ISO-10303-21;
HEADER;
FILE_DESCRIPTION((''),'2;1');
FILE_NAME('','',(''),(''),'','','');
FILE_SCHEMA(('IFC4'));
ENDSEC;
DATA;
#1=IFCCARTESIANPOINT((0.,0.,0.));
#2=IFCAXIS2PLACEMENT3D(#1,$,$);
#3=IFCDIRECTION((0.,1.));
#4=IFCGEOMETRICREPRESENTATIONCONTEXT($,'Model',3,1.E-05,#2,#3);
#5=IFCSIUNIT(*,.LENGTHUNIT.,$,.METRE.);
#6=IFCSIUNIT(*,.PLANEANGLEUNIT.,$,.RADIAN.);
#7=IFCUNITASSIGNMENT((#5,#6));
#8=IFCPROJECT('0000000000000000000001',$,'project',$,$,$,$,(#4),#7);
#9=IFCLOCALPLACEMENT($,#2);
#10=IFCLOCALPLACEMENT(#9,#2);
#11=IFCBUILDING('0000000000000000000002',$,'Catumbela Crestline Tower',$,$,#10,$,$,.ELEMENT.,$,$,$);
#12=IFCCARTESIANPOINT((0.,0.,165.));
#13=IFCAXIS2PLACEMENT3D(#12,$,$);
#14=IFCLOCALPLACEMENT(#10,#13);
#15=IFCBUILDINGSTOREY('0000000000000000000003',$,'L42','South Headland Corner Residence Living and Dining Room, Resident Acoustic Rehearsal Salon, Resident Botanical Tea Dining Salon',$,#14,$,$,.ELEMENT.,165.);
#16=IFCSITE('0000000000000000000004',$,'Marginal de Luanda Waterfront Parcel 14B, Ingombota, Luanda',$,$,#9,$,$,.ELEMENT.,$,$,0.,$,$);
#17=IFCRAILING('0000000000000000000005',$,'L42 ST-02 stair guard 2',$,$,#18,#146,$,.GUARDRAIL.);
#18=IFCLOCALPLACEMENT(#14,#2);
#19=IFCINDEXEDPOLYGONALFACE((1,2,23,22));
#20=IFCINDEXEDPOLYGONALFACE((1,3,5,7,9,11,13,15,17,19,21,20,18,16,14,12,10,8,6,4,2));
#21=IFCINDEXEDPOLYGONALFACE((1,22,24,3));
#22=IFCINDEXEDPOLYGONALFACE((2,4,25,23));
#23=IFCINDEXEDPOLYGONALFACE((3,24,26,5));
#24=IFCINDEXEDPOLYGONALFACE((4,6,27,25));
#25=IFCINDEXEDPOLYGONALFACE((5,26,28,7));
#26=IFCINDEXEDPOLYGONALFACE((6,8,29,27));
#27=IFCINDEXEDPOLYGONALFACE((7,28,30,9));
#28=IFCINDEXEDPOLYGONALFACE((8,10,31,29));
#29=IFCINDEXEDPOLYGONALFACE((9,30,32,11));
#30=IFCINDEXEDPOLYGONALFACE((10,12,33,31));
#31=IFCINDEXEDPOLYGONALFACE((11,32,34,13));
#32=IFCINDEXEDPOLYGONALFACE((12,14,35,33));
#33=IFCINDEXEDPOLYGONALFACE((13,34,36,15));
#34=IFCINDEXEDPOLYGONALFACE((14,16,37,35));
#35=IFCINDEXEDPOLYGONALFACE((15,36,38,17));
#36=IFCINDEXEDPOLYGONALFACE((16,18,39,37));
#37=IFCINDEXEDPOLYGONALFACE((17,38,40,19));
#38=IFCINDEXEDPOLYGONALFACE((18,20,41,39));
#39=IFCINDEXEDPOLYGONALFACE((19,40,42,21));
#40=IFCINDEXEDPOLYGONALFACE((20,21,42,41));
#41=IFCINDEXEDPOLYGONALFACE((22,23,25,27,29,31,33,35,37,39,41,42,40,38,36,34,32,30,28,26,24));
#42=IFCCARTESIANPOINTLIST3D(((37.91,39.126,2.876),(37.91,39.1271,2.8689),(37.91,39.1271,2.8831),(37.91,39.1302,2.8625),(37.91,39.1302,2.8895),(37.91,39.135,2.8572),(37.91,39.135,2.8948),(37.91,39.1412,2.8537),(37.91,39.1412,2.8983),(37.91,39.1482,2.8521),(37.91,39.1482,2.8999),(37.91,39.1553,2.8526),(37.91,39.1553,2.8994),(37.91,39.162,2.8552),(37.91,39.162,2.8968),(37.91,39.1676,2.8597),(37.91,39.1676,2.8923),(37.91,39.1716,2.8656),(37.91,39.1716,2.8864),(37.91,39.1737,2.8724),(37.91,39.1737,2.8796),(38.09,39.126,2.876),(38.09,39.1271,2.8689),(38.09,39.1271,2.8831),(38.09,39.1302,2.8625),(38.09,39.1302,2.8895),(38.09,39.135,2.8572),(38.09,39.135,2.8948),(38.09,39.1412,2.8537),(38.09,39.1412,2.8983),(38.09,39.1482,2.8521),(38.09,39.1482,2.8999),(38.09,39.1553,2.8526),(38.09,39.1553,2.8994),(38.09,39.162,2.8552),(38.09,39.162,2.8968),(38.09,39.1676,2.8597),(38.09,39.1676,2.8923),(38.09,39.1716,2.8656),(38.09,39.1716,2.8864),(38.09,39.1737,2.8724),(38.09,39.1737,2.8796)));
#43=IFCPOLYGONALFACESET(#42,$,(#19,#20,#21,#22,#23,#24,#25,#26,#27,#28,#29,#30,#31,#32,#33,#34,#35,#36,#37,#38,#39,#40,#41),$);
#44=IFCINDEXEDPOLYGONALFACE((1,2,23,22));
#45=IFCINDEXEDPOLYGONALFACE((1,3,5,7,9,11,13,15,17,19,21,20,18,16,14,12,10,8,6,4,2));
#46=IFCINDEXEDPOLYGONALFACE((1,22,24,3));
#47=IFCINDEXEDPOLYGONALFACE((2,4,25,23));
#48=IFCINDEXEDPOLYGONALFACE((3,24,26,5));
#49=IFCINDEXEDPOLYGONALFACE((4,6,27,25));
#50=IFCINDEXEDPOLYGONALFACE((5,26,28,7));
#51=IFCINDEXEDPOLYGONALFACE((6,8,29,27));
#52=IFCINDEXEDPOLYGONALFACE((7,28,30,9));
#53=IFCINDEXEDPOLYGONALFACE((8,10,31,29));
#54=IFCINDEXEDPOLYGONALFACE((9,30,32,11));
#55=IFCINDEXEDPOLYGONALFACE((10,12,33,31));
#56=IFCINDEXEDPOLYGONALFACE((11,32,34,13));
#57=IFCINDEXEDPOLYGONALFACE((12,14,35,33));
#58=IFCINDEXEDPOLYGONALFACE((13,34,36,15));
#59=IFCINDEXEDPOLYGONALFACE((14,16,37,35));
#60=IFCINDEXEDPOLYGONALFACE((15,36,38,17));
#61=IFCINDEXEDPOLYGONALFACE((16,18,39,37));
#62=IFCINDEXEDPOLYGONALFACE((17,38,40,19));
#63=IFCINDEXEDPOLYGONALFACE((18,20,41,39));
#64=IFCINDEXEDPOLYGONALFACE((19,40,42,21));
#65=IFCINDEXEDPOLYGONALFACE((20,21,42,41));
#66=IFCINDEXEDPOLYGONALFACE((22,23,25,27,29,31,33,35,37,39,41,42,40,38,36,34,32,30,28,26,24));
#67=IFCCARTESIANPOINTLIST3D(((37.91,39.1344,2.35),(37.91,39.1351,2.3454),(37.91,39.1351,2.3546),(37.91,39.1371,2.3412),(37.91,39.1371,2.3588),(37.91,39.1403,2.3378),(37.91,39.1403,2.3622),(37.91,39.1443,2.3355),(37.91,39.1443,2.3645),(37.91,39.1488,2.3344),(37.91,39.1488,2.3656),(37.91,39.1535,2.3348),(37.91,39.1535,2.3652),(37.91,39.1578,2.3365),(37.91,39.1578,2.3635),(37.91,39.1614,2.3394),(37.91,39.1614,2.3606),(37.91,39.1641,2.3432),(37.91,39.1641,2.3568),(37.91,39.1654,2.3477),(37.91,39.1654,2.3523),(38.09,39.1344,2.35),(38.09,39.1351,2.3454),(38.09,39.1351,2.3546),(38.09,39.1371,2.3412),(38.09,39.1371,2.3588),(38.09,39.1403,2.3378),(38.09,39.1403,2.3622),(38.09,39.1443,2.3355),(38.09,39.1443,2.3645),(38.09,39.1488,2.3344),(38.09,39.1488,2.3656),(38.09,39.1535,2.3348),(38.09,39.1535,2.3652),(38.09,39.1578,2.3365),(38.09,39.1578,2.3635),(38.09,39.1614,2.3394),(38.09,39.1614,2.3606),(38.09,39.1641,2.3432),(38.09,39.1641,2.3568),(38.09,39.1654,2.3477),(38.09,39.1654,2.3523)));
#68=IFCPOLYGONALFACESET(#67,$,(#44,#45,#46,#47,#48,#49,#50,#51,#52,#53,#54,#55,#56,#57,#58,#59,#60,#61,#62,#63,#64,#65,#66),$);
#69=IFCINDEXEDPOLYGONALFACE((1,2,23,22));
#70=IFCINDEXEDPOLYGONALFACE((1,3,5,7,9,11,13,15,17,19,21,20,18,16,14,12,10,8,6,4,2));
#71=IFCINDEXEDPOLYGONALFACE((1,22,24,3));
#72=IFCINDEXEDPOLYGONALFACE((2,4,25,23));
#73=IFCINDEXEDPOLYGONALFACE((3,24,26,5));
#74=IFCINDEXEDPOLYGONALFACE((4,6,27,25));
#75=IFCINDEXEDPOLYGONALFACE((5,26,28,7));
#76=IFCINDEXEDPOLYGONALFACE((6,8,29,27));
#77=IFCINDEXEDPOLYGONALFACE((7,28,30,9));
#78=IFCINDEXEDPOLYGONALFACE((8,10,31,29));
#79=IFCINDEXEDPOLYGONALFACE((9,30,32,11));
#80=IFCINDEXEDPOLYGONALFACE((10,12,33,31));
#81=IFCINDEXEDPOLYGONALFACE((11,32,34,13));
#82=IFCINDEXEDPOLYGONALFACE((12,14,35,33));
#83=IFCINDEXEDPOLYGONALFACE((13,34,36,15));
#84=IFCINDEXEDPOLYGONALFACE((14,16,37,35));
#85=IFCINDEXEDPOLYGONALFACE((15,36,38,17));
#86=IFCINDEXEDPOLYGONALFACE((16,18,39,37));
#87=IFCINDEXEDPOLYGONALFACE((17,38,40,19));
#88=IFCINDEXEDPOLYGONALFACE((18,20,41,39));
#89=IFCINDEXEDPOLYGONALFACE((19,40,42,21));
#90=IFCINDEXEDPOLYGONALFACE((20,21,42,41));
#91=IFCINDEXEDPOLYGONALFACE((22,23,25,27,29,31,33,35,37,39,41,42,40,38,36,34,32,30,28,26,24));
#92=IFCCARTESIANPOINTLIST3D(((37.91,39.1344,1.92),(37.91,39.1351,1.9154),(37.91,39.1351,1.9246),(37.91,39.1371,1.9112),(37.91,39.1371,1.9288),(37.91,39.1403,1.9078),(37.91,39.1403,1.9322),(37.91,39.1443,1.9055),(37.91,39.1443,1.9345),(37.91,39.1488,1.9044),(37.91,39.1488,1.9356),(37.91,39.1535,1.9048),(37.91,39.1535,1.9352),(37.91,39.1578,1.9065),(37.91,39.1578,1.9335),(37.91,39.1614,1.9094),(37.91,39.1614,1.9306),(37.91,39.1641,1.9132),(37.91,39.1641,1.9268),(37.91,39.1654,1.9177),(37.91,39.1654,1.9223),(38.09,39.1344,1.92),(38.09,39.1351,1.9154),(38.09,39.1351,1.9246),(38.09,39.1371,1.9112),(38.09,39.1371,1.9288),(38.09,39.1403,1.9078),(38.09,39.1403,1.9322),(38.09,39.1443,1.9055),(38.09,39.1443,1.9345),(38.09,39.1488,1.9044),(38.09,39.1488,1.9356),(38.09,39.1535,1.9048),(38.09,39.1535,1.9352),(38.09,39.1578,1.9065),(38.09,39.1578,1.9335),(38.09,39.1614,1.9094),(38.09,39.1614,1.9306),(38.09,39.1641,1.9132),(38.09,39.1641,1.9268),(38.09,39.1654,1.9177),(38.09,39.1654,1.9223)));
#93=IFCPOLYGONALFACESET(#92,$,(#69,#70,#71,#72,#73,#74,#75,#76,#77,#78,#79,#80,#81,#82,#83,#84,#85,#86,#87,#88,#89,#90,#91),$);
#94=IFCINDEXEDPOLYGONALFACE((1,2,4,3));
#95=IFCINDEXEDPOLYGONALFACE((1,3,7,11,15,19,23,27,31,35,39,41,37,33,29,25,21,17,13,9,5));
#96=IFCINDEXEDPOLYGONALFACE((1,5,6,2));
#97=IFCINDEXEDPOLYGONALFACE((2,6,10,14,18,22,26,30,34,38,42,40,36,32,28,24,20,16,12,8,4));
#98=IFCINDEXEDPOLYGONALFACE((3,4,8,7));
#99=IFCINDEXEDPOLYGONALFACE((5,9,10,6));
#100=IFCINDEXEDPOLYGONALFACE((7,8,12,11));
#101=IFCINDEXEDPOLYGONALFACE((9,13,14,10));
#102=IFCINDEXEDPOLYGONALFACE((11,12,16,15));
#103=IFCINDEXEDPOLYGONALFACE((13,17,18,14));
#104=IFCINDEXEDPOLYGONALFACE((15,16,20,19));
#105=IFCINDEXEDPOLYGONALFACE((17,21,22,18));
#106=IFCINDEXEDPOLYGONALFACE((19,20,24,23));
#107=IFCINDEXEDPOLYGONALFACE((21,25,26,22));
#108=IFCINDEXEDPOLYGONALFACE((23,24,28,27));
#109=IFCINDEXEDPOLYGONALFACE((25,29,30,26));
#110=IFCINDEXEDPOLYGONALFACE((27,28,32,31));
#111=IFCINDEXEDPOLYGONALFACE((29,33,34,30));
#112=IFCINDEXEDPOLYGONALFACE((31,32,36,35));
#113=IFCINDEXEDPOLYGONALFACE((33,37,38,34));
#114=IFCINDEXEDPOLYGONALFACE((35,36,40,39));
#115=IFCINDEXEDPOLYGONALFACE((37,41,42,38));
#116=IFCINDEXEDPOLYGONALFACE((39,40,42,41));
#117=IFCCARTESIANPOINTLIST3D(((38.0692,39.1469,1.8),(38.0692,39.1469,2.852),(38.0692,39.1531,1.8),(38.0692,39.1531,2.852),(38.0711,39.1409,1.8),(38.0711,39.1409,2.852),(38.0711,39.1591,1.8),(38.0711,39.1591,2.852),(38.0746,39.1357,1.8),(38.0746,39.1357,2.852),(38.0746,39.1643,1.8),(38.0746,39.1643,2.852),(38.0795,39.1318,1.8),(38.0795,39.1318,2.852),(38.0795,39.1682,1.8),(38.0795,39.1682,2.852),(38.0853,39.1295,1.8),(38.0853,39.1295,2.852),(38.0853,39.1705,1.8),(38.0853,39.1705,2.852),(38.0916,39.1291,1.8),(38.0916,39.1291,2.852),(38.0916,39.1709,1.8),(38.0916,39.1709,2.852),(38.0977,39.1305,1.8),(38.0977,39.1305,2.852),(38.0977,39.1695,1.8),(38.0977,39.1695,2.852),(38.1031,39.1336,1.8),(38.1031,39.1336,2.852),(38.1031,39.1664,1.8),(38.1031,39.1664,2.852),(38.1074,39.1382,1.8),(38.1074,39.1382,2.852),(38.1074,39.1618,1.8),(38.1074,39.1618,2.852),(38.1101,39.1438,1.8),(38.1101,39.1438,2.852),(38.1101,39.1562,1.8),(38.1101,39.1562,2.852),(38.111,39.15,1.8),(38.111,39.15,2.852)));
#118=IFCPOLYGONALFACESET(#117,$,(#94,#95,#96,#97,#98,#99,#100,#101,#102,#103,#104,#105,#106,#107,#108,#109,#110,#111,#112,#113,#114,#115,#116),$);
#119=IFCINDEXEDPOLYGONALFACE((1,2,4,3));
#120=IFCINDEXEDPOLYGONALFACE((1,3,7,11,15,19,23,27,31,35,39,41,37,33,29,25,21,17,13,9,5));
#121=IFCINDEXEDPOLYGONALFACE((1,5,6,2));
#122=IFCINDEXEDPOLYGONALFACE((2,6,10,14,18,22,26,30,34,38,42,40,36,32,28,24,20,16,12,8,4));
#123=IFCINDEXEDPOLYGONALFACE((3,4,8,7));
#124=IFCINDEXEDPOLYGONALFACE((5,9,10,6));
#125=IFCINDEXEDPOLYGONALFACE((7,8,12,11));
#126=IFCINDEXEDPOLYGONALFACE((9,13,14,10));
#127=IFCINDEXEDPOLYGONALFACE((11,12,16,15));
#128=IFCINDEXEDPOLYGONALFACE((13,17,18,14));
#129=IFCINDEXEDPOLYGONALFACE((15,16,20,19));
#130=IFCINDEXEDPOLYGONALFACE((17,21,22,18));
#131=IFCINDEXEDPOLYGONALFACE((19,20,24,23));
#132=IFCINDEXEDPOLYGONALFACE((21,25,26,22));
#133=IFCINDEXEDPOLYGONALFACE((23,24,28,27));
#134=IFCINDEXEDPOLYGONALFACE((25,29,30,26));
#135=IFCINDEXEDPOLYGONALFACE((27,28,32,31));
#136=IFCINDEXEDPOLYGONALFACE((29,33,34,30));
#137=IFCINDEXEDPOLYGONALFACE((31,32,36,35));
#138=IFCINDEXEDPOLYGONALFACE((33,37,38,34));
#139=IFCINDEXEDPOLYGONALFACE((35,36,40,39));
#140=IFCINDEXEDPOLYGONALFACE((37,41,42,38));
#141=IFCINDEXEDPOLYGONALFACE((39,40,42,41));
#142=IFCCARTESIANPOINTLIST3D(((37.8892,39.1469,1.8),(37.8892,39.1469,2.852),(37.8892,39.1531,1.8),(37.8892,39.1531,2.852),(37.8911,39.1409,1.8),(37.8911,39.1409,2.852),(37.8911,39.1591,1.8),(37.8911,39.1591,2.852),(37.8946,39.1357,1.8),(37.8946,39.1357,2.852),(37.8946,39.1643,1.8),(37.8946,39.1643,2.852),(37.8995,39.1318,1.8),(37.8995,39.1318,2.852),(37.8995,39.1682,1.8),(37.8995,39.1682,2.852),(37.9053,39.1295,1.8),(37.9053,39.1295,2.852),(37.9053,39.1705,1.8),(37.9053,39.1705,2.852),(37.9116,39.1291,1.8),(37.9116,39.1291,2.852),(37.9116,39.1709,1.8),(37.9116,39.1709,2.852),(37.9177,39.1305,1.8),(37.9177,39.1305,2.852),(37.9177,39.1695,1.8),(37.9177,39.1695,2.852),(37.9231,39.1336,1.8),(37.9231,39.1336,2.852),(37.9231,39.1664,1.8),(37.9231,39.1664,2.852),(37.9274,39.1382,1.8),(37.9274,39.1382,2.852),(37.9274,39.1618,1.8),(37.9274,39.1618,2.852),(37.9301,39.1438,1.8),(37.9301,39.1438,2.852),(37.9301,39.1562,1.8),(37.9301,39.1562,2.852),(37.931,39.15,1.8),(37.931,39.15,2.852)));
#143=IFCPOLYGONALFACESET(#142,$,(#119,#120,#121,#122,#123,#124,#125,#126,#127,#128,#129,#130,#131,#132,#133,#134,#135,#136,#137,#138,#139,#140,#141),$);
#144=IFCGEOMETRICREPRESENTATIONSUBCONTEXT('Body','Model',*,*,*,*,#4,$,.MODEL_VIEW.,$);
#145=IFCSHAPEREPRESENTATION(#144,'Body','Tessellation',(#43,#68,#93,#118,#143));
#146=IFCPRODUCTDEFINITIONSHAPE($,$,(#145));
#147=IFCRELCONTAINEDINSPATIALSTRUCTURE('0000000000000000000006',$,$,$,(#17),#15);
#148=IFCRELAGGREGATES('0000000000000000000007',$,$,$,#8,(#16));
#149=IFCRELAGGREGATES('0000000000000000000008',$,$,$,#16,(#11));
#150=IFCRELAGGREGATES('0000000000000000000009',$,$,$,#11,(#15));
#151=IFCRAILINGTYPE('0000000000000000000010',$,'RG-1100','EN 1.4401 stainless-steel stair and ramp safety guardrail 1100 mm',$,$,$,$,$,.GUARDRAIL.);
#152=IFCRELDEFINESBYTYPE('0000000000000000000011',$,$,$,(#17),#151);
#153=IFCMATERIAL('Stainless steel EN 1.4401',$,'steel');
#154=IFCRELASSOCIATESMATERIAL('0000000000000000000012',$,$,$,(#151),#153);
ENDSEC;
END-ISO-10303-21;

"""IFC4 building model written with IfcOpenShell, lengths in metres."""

from ifc_helpers import new_model, si_unit, direction, frame, origin, origin_2d, place, context, subcontext, project, spatial, circle, extrude, material, type_object, element, save


model = new_model("IFC4")

# Units and contexts
model_context = context("Model", 3, precision=1e-05, world=origin(), true_north=direction((0.0, 1.0)))
body_context = subcontext(model_context, "Body", "Model", "MODEL_VIEW")
ifc_project = project(units=[si_unit("LENGTHUNIT", "METRE"), si_unit("PLANEANGLEUNIT", "RADIAN")], contexts=[model_context])

# Site, building, storey
site_placement = place(None, origin())
site = spatial("IfcSite", under=ifc_project, at=site_placement, Name="Marginal de Luanda Waterfront Parcel 14B, Ingombota, Luanda", CompositionType="ELEMENT", RefElevation=0.0)
building_placement = place(site_placement, origin())
building = spatial("IfcBuilding", under=site, at=building_placement, Name="Catumbela Crestline Tower", CompositionType="ELEMENT")
storey_placement = place(building_placement, frame((0.0, 0.0, 165.0)))
storey = spatial("IfcBuildingStorey", under=building, at=storey_placement, Name="L42", Description="South Headland Corner Residence Living and Dining Room, Resident Acoustic Rehearsal Salon, Resident Botanical Tea Dining Salon", CompositionType="ELEMENT", Elevation=165.0)

# Shared definitions
ifc_material_1 = material(Name="Stainless steel EN 1.4401", Category="steel")

# Railing
railing_type_1 = type_object("IfcRailingType", Name="RG-1100", Description="EN 1.4401 stainless-steel stair and ramp safety guardrail 1100 mm", PredefinedType="GUARDRAIL", material=ifc_material_1)
railing_1_placement = place(storey_placement, frame((38.09, 39.15, 1.8)))
element("IfcRailing", 1, at=railing_1_placement, inside=storey, type_object=railing_type_1, Name="L42 ST-02 stair guard 2", PredefinedType="GUARDRAIL", context=body_context, shape_type="SweptSolid", body=[
    extrude(circle(Radius=0.024, at=origin_2d()), frame((0.0, 0.0, 1.076), z_axis=(-1.0, 0.0, 0.0), x_axis=(0.0, -1.0, 0.0)), (0.0, 0.0, 1.0), 0.18),
    extrude(circle(Radius=0.0156, at=origin_2d()), frame((0.0, 0.0, 0.55), z_axis=(-1.0, 0.0, 0.0), x_axis=(0.0, -1.0, 0.0)), (0.0, 0.0, 1.0), 0.18),
    extrude(circle(Radius=0.0156, at=origin_2d()), frame((0.0, 0.0, 0.12), z_axis=(-1.0, 0.0, 0.0), x_axis=(0.0, -1.0, 0.0)), (0.0, 0.0, 1.0), 0.18),
    extrude(circle(Radius=0.021, at=origin_2d()), origin(), (0.0, 0.0, 1.0), 1.052),
    extrude(circle(Radius=0.021, at=origin_2d()), frame((-0.18, 0.0, 0.0)), (0.0, 0.0, 1.0), 1.052),
])

save(model, "model.ifc")
